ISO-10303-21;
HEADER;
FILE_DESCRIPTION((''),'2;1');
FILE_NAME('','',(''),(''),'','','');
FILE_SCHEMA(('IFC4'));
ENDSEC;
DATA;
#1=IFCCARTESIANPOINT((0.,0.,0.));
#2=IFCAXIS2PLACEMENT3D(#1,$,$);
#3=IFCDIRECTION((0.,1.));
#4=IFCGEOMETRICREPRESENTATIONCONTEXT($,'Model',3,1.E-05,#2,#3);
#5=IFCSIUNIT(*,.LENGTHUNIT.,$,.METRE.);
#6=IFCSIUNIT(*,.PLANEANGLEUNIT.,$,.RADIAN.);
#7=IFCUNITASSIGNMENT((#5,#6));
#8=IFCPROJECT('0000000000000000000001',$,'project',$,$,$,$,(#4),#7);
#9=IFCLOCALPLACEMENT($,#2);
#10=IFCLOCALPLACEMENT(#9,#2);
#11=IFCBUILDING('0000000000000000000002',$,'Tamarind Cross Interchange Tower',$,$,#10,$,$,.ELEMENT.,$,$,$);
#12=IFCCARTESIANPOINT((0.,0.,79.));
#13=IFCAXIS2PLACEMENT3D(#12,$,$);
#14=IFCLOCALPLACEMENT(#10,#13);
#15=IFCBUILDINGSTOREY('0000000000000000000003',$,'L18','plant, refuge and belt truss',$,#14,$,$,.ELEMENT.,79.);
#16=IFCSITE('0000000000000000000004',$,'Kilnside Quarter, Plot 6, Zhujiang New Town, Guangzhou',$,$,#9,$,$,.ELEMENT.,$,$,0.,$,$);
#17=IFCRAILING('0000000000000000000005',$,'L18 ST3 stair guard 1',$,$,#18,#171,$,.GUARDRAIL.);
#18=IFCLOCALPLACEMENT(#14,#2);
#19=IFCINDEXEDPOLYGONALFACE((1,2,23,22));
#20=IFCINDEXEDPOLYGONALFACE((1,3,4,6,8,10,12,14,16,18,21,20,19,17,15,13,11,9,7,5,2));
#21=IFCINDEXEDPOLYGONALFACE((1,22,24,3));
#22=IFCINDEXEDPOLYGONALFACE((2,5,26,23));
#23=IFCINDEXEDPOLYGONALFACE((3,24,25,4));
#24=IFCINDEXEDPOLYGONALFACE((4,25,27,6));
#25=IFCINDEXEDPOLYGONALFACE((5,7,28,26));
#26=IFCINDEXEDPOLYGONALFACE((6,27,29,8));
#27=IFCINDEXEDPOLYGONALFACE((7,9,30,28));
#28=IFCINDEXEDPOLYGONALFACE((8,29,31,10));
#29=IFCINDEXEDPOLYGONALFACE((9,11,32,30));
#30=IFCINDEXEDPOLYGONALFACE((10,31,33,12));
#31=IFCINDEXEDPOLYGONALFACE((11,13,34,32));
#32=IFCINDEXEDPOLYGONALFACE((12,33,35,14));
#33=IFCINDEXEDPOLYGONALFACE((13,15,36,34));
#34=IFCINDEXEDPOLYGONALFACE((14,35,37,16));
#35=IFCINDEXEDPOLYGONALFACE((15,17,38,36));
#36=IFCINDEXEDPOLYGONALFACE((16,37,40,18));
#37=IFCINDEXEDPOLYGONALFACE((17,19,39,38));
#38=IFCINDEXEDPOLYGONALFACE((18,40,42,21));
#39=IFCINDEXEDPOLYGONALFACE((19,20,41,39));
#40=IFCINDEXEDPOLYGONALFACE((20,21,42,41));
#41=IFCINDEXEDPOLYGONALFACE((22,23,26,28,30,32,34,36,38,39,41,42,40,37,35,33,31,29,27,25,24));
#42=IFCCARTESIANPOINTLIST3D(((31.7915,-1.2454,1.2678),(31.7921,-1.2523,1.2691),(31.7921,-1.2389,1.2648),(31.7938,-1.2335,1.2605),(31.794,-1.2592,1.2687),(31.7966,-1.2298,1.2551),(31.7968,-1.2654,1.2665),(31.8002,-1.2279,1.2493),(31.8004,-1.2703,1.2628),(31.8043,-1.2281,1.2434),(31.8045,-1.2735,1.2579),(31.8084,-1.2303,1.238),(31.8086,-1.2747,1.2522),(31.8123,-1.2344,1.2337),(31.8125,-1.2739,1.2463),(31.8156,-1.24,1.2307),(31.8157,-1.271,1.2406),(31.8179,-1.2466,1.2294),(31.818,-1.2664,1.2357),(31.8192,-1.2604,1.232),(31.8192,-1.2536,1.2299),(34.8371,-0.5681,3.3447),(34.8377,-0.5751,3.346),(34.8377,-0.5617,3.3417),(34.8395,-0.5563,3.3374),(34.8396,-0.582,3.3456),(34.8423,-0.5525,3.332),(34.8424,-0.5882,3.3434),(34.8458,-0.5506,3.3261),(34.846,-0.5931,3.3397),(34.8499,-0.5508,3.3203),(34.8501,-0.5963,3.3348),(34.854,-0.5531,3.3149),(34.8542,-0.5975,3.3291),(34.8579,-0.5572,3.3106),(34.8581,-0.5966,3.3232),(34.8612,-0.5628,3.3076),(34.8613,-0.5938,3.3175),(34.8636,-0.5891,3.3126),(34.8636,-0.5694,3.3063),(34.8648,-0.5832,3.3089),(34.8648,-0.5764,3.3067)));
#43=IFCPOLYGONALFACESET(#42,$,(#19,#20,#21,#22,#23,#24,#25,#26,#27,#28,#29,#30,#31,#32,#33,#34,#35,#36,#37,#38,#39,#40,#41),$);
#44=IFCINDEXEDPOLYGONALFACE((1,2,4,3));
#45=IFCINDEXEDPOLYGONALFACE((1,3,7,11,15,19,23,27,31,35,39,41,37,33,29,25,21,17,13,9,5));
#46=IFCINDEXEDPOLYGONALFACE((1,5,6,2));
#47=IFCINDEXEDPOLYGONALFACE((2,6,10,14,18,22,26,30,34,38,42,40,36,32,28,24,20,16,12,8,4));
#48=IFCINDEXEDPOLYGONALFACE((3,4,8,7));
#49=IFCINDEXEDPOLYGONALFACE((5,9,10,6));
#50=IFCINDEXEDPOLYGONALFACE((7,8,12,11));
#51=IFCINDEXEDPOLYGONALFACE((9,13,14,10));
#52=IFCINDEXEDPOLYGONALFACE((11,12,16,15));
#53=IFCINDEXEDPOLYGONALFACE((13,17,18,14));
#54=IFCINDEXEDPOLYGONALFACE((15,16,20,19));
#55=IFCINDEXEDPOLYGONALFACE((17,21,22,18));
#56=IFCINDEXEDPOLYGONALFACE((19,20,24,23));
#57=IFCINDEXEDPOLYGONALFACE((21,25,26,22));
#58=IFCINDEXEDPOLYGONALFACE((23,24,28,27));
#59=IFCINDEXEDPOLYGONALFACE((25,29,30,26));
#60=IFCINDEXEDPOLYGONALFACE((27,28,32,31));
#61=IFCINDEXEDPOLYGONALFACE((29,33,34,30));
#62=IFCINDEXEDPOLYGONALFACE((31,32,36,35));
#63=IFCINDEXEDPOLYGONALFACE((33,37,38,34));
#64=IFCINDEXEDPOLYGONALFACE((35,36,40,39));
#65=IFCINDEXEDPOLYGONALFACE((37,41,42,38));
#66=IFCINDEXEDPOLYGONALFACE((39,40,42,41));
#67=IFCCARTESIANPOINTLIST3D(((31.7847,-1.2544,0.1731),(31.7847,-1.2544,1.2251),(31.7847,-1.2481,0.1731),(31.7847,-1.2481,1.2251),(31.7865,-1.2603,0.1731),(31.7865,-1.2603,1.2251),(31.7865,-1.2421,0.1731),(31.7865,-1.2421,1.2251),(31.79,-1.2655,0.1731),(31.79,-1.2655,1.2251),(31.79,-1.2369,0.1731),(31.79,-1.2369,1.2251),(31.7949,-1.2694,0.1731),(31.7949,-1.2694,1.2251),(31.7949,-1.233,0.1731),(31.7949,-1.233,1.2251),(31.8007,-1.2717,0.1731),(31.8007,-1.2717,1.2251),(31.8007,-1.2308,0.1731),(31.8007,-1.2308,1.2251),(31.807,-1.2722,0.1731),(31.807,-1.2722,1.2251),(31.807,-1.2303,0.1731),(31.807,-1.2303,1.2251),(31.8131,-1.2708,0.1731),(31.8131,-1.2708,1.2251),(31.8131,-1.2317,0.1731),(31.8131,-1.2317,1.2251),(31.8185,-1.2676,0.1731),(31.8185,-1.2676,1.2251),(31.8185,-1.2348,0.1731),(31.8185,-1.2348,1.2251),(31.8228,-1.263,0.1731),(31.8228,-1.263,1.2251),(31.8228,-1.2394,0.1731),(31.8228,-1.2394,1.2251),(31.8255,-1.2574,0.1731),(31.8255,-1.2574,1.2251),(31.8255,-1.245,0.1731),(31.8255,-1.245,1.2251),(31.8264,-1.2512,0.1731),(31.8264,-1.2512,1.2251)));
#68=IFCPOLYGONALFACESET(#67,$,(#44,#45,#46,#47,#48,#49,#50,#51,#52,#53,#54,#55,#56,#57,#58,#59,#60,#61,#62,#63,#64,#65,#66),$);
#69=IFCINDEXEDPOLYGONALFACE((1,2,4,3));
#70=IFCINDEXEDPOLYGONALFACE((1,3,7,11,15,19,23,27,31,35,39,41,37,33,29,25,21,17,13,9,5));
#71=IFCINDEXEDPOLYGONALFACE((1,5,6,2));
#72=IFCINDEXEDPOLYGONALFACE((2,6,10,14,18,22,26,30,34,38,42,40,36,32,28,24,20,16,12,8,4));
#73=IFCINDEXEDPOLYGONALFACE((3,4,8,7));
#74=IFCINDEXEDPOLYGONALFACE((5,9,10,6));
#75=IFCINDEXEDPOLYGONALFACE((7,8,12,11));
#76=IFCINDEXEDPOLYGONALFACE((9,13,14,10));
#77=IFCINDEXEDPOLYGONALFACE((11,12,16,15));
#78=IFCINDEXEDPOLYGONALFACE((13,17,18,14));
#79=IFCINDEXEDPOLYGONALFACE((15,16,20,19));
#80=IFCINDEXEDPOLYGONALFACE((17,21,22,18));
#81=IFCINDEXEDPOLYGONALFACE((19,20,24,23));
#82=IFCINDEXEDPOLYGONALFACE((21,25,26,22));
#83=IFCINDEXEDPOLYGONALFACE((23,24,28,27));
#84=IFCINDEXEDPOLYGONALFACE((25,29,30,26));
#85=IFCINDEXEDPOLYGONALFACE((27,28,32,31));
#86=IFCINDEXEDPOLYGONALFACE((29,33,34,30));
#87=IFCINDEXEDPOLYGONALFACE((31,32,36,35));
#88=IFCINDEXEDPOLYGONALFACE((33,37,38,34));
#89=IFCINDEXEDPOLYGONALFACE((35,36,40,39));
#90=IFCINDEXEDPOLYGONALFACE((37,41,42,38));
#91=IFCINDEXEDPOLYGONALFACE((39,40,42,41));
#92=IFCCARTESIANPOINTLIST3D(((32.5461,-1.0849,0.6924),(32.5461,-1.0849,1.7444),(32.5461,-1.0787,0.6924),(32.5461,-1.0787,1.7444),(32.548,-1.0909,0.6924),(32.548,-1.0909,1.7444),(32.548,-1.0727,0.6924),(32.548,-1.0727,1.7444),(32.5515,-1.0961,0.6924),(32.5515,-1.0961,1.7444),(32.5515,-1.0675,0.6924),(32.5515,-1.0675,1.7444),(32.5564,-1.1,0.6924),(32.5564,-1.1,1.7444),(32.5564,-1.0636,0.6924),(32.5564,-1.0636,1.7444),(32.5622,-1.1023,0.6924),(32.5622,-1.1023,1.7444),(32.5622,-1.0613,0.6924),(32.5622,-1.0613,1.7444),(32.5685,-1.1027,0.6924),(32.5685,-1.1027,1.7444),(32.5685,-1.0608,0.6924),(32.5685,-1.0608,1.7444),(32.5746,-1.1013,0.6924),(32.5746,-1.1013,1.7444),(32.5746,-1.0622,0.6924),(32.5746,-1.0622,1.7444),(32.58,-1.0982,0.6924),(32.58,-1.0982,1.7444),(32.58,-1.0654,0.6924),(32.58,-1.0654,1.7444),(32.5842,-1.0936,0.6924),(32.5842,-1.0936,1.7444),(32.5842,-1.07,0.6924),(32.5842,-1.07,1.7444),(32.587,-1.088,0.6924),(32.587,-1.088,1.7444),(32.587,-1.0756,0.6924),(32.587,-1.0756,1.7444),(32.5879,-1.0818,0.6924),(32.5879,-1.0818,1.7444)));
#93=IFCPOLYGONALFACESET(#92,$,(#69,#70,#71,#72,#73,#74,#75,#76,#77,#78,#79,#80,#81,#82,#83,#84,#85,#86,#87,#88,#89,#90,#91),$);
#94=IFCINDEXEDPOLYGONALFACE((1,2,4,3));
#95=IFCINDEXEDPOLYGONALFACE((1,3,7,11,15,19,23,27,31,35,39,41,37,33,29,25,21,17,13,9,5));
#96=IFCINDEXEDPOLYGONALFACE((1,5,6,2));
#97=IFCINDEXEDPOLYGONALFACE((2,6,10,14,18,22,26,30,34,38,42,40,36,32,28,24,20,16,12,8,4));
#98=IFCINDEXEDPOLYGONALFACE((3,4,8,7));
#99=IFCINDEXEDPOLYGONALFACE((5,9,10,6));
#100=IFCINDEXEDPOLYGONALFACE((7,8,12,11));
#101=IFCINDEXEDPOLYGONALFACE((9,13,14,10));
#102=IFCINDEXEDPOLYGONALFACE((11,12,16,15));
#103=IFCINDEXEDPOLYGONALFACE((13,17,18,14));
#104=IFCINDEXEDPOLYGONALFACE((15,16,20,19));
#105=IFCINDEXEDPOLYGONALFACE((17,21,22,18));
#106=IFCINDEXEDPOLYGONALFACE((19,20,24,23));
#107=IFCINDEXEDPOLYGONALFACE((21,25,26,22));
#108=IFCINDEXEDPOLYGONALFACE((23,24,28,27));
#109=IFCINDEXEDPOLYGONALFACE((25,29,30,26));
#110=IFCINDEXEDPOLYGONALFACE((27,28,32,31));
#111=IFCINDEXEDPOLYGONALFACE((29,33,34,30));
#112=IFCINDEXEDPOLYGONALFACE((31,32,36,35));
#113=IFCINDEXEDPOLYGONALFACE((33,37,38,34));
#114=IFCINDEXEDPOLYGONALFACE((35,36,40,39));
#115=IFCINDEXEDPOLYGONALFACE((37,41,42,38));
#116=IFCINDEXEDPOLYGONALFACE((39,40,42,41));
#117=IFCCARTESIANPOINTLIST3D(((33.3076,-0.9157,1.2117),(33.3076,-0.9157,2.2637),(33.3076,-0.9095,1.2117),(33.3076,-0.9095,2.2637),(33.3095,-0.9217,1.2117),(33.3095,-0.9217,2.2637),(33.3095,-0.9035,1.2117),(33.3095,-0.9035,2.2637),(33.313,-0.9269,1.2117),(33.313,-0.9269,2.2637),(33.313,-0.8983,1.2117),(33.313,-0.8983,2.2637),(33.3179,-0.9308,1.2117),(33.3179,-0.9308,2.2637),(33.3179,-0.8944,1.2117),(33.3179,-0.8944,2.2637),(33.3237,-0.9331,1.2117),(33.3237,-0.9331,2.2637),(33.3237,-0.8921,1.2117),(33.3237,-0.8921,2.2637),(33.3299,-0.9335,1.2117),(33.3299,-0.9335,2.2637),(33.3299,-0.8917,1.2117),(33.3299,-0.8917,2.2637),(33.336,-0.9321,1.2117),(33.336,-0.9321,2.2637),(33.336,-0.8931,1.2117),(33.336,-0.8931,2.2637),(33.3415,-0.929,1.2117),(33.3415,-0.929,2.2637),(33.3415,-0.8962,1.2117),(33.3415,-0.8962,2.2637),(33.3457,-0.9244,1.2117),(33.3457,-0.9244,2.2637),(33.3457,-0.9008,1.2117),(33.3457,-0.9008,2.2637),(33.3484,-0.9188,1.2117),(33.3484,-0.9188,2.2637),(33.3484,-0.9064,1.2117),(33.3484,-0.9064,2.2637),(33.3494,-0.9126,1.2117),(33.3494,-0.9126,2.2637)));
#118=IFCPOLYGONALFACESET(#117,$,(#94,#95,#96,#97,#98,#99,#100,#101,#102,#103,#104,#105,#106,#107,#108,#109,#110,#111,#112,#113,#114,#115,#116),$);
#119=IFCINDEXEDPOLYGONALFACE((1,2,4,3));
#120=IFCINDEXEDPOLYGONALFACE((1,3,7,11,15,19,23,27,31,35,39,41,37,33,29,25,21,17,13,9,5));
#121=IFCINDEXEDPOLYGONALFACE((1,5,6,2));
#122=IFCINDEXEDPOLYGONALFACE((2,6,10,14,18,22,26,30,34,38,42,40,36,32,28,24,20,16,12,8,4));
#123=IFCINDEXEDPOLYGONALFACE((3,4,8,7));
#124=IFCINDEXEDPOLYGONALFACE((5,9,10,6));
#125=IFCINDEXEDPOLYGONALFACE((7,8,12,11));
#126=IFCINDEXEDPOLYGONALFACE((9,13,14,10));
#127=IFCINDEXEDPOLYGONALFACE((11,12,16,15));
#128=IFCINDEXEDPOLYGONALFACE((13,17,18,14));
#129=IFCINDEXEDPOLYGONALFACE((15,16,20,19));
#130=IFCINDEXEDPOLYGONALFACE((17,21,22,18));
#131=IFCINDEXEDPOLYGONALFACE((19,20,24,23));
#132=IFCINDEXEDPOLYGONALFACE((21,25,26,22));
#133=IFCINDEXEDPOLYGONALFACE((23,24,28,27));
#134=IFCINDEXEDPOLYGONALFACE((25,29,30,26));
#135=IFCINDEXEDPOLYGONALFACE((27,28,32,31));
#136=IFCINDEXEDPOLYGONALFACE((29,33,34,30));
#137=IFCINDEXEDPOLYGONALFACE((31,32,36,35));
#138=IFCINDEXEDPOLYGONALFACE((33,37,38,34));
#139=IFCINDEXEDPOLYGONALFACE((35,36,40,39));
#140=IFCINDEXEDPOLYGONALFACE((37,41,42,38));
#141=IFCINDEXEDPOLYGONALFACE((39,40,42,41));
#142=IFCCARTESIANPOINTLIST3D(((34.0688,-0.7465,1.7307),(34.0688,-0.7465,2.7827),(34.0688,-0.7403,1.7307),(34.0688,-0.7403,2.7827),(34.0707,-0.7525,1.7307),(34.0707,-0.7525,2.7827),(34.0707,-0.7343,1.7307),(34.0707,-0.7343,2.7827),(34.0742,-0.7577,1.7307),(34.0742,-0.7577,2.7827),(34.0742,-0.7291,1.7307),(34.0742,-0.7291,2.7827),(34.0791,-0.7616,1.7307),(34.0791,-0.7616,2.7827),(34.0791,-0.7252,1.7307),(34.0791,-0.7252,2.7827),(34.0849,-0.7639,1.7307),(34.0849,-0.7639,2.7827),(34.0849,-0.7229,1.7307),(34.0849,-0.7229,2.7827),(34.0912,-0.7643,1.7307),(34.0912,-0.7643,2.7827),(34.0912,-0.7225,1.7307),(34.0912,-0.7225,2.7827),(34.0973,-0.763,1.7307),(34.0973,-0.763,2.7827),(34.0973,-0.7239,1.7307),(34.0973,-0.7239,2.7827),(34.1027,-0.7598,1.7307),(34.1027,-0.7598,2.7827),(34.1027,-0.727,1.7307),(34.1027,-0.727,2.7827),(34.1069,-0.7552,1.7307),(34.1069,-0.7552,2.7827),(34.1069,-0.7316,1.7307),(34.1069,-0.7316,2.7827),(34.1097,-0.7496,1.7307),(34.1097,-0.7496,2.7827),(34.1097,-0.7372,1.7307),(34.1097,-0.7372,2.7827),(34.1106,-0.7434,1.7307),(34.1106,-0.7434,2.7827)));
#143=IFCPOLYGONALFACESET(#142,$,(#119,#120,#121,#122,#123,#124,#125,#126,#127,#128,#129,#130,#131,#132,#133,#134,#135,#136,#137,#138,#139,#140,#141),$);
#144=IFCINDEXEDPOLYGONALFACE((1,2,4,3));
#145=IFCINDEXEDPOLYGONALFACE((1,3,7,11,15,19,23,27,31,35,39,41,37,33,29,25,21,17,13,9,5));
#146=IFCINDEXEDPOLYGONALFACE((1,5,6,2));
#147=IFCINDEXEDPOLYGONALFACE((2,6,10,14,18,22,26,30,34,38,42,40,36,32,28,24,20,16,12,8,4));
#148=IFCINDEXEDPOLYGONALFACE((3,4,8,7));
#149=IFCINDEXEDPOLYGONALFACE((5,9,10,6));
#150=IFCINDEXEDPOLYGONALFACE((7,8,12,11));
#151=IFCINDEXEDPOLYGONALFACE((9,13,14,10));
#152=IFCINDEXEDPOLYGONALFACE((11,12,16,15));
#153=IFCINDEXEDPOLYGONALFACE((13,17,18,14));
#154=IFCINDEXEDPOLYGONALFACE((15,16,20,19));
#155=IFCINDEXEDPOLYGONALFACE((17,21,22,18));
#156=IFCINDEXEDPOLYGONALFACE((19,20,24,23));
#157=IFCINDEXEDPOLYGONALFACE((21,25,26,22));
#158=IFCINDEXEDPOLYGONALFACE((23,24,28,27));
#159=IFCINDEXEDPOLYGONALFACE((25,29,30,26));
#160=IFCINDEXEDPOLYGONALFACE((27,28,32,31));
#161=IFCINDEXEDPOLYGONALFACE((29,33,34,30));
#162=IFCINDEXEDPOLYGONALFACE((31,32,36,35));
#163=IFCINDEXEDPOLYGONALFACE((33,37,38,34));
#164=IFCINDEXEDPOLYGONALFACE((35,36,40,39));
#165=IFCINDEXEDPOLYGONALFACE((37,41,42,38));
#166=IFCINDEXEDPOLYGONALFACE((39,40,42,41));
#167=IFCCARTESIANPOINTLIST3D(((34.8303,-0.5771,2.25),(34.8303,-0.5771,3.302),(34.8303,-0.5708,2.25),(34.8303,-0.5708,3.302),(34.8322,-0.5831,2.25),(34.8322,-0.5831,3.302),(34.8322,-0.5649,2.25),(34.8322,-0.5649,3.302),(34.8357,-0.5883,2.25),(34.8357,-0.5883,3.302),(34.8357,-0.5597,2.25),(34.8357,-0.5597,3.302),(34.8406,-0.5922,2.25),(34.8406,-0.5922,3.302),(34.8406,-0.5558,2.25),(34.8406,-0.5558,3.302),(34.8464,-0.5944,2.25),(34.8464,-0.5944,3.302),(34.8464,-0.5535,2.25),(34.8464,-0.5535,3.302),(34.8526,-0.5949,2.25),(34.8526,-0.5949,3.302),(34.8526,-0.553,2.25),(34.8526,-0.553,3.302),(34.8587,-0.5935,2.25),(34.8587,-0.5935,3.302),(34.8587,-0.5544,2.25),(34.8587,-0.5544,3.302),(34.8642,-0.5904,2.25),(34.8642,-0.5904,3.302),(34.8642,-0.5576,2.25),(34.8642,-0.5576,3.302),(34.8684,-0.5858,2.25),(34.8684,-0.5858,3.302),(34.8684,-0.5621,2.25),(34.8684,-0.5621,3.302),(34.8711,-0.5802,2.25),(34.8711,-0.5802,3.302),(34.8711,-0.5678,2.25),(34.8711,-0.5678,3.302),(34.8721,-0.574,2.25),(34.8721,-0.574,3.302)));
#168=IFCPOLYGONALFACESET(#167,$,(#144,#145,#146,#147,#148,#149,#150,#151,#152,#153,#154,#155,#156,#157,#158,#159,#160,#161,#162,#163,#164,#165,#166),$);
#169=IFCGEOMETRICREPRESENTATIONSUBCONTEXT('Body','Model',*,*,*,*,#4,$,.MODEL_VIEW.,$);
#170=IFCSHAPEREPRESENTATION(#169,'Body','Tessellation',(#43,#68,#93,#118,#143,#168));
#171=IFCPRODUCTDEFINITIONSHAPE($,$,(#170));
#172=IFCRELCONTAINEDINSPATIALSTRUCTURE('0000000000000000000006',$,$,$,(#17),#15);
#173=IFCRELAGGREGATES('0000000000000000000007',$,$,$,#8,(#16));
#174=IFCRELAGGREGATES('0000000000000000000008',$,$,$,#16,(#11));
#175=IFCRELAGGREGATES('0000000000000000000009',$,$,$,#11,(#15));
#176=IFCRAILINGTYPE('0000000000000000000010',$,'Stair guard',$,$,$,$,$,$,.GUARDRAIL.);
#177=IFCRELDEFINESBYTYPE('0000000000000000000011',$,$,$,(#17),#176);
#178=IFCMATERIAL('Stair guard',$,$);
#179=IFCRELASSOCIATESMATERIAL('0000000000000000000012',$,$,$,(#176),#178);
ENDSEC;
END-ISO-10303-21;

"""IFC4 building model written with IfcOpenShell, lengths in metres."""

from ifc_helpers import new_model, si_unit, direction, frame, origin, origin_2d, place, context, subcontext, project, spatial, circle, extrude, material, type_object, element, save


model = new_model("IFC4")

# Units and contexts
model_context = context("Model", 3, precision=1e-05, world=origin(), true_north=direction((0.0, 1.0)))
body_context = subcontext(model_context, "Body", "Model", "MODEL_VIEW")
ifc_project = project(units=[si_unit("LENGTHUNIT", "METRE"), si_unit("PLANEANGLEUNIT", "RADIAN")], contexts=[model_context])

# Site, building, storey
site_placement = place(None, origin())
site = spatial("IfcSite", under=ifc_project, at=site_placement, Name="Kilnside Quarter, Plot 6, Zhujiang New Town, Guangzhou", CompositionType="ELEMENT", RefElevation=0.0)
building_placement = place(site_placement, origin())
building = spatial("IfcBuilding", under=site, at=building_placement, Name="Tamarind Cross Interchange Tower", CompositionType="ELEMENT")
storey_placement = place(building_placement, frame((0.0, 0.0, 79.0)))
storey = spatial("IfcBuildingStorey", under=building, at=storey_placement, Name="L18", Description="plant, refuge and belt truss", CompositionType="ELEMENT", Elevation=79.0)

# Railing
ifc_material_1 = material(Name="Stair guard")
railing_type_1 = type_object("IfcRailingType", Name="Stair guard", PredefinedType="GUARDRAIL", material=ifc_material_1)
railing_1_placement = place(storey_placement, frame((31.8054, -1.2512, 0.1731)))
element("IfcRailing", 1, at=railing_1_placement, inside=storey, type_object=railing_type_1, Name="L18 ST3 stair guard 1", PredefinedType="GUARDRAIL", context=body_context, shape_type="SweptSolid", body=[
    extrude(circle(Radius=0.0239, at=origin_2d()), frame((0.0, 0.0, 1.0762), z_axis=(0.812588, 0.180691, 0.554123), x_axis=(-0.217063, 0.976158, 0.0)), (0.0, 0.0, 1.0), 3.748),
    extrude(circle(Radius=0.021, at=origin_2d()), origin(), (0.0, 0.0, 1.0), 1.052),
    extrude(circle(Radius=0.021, at=origin_2d()), frame((0.7615, 0.1694, 0.5193)), (0.0, 0.0, 1.0), 1.052),
    extrude(circle(Radius=0.021, at=origin_2d()), frame((1.5229, 0.3386, 1.0386)), (0.0, 0.0, 1.0), 1.052),
    extrude(circle(Radius=0.021, at=origin_2d()), frame((2.2842, 0.5078, 1.5576)), (0.0, 0.0, 1.0), 1.052),
    extrude(circle(Radius=0.021, at=origin_2d()), frame((3.0457, 0.6772, 2.0769)), (0.0, 0.0, 1.0), 1.052),
])

save(model, "model.ifc")
